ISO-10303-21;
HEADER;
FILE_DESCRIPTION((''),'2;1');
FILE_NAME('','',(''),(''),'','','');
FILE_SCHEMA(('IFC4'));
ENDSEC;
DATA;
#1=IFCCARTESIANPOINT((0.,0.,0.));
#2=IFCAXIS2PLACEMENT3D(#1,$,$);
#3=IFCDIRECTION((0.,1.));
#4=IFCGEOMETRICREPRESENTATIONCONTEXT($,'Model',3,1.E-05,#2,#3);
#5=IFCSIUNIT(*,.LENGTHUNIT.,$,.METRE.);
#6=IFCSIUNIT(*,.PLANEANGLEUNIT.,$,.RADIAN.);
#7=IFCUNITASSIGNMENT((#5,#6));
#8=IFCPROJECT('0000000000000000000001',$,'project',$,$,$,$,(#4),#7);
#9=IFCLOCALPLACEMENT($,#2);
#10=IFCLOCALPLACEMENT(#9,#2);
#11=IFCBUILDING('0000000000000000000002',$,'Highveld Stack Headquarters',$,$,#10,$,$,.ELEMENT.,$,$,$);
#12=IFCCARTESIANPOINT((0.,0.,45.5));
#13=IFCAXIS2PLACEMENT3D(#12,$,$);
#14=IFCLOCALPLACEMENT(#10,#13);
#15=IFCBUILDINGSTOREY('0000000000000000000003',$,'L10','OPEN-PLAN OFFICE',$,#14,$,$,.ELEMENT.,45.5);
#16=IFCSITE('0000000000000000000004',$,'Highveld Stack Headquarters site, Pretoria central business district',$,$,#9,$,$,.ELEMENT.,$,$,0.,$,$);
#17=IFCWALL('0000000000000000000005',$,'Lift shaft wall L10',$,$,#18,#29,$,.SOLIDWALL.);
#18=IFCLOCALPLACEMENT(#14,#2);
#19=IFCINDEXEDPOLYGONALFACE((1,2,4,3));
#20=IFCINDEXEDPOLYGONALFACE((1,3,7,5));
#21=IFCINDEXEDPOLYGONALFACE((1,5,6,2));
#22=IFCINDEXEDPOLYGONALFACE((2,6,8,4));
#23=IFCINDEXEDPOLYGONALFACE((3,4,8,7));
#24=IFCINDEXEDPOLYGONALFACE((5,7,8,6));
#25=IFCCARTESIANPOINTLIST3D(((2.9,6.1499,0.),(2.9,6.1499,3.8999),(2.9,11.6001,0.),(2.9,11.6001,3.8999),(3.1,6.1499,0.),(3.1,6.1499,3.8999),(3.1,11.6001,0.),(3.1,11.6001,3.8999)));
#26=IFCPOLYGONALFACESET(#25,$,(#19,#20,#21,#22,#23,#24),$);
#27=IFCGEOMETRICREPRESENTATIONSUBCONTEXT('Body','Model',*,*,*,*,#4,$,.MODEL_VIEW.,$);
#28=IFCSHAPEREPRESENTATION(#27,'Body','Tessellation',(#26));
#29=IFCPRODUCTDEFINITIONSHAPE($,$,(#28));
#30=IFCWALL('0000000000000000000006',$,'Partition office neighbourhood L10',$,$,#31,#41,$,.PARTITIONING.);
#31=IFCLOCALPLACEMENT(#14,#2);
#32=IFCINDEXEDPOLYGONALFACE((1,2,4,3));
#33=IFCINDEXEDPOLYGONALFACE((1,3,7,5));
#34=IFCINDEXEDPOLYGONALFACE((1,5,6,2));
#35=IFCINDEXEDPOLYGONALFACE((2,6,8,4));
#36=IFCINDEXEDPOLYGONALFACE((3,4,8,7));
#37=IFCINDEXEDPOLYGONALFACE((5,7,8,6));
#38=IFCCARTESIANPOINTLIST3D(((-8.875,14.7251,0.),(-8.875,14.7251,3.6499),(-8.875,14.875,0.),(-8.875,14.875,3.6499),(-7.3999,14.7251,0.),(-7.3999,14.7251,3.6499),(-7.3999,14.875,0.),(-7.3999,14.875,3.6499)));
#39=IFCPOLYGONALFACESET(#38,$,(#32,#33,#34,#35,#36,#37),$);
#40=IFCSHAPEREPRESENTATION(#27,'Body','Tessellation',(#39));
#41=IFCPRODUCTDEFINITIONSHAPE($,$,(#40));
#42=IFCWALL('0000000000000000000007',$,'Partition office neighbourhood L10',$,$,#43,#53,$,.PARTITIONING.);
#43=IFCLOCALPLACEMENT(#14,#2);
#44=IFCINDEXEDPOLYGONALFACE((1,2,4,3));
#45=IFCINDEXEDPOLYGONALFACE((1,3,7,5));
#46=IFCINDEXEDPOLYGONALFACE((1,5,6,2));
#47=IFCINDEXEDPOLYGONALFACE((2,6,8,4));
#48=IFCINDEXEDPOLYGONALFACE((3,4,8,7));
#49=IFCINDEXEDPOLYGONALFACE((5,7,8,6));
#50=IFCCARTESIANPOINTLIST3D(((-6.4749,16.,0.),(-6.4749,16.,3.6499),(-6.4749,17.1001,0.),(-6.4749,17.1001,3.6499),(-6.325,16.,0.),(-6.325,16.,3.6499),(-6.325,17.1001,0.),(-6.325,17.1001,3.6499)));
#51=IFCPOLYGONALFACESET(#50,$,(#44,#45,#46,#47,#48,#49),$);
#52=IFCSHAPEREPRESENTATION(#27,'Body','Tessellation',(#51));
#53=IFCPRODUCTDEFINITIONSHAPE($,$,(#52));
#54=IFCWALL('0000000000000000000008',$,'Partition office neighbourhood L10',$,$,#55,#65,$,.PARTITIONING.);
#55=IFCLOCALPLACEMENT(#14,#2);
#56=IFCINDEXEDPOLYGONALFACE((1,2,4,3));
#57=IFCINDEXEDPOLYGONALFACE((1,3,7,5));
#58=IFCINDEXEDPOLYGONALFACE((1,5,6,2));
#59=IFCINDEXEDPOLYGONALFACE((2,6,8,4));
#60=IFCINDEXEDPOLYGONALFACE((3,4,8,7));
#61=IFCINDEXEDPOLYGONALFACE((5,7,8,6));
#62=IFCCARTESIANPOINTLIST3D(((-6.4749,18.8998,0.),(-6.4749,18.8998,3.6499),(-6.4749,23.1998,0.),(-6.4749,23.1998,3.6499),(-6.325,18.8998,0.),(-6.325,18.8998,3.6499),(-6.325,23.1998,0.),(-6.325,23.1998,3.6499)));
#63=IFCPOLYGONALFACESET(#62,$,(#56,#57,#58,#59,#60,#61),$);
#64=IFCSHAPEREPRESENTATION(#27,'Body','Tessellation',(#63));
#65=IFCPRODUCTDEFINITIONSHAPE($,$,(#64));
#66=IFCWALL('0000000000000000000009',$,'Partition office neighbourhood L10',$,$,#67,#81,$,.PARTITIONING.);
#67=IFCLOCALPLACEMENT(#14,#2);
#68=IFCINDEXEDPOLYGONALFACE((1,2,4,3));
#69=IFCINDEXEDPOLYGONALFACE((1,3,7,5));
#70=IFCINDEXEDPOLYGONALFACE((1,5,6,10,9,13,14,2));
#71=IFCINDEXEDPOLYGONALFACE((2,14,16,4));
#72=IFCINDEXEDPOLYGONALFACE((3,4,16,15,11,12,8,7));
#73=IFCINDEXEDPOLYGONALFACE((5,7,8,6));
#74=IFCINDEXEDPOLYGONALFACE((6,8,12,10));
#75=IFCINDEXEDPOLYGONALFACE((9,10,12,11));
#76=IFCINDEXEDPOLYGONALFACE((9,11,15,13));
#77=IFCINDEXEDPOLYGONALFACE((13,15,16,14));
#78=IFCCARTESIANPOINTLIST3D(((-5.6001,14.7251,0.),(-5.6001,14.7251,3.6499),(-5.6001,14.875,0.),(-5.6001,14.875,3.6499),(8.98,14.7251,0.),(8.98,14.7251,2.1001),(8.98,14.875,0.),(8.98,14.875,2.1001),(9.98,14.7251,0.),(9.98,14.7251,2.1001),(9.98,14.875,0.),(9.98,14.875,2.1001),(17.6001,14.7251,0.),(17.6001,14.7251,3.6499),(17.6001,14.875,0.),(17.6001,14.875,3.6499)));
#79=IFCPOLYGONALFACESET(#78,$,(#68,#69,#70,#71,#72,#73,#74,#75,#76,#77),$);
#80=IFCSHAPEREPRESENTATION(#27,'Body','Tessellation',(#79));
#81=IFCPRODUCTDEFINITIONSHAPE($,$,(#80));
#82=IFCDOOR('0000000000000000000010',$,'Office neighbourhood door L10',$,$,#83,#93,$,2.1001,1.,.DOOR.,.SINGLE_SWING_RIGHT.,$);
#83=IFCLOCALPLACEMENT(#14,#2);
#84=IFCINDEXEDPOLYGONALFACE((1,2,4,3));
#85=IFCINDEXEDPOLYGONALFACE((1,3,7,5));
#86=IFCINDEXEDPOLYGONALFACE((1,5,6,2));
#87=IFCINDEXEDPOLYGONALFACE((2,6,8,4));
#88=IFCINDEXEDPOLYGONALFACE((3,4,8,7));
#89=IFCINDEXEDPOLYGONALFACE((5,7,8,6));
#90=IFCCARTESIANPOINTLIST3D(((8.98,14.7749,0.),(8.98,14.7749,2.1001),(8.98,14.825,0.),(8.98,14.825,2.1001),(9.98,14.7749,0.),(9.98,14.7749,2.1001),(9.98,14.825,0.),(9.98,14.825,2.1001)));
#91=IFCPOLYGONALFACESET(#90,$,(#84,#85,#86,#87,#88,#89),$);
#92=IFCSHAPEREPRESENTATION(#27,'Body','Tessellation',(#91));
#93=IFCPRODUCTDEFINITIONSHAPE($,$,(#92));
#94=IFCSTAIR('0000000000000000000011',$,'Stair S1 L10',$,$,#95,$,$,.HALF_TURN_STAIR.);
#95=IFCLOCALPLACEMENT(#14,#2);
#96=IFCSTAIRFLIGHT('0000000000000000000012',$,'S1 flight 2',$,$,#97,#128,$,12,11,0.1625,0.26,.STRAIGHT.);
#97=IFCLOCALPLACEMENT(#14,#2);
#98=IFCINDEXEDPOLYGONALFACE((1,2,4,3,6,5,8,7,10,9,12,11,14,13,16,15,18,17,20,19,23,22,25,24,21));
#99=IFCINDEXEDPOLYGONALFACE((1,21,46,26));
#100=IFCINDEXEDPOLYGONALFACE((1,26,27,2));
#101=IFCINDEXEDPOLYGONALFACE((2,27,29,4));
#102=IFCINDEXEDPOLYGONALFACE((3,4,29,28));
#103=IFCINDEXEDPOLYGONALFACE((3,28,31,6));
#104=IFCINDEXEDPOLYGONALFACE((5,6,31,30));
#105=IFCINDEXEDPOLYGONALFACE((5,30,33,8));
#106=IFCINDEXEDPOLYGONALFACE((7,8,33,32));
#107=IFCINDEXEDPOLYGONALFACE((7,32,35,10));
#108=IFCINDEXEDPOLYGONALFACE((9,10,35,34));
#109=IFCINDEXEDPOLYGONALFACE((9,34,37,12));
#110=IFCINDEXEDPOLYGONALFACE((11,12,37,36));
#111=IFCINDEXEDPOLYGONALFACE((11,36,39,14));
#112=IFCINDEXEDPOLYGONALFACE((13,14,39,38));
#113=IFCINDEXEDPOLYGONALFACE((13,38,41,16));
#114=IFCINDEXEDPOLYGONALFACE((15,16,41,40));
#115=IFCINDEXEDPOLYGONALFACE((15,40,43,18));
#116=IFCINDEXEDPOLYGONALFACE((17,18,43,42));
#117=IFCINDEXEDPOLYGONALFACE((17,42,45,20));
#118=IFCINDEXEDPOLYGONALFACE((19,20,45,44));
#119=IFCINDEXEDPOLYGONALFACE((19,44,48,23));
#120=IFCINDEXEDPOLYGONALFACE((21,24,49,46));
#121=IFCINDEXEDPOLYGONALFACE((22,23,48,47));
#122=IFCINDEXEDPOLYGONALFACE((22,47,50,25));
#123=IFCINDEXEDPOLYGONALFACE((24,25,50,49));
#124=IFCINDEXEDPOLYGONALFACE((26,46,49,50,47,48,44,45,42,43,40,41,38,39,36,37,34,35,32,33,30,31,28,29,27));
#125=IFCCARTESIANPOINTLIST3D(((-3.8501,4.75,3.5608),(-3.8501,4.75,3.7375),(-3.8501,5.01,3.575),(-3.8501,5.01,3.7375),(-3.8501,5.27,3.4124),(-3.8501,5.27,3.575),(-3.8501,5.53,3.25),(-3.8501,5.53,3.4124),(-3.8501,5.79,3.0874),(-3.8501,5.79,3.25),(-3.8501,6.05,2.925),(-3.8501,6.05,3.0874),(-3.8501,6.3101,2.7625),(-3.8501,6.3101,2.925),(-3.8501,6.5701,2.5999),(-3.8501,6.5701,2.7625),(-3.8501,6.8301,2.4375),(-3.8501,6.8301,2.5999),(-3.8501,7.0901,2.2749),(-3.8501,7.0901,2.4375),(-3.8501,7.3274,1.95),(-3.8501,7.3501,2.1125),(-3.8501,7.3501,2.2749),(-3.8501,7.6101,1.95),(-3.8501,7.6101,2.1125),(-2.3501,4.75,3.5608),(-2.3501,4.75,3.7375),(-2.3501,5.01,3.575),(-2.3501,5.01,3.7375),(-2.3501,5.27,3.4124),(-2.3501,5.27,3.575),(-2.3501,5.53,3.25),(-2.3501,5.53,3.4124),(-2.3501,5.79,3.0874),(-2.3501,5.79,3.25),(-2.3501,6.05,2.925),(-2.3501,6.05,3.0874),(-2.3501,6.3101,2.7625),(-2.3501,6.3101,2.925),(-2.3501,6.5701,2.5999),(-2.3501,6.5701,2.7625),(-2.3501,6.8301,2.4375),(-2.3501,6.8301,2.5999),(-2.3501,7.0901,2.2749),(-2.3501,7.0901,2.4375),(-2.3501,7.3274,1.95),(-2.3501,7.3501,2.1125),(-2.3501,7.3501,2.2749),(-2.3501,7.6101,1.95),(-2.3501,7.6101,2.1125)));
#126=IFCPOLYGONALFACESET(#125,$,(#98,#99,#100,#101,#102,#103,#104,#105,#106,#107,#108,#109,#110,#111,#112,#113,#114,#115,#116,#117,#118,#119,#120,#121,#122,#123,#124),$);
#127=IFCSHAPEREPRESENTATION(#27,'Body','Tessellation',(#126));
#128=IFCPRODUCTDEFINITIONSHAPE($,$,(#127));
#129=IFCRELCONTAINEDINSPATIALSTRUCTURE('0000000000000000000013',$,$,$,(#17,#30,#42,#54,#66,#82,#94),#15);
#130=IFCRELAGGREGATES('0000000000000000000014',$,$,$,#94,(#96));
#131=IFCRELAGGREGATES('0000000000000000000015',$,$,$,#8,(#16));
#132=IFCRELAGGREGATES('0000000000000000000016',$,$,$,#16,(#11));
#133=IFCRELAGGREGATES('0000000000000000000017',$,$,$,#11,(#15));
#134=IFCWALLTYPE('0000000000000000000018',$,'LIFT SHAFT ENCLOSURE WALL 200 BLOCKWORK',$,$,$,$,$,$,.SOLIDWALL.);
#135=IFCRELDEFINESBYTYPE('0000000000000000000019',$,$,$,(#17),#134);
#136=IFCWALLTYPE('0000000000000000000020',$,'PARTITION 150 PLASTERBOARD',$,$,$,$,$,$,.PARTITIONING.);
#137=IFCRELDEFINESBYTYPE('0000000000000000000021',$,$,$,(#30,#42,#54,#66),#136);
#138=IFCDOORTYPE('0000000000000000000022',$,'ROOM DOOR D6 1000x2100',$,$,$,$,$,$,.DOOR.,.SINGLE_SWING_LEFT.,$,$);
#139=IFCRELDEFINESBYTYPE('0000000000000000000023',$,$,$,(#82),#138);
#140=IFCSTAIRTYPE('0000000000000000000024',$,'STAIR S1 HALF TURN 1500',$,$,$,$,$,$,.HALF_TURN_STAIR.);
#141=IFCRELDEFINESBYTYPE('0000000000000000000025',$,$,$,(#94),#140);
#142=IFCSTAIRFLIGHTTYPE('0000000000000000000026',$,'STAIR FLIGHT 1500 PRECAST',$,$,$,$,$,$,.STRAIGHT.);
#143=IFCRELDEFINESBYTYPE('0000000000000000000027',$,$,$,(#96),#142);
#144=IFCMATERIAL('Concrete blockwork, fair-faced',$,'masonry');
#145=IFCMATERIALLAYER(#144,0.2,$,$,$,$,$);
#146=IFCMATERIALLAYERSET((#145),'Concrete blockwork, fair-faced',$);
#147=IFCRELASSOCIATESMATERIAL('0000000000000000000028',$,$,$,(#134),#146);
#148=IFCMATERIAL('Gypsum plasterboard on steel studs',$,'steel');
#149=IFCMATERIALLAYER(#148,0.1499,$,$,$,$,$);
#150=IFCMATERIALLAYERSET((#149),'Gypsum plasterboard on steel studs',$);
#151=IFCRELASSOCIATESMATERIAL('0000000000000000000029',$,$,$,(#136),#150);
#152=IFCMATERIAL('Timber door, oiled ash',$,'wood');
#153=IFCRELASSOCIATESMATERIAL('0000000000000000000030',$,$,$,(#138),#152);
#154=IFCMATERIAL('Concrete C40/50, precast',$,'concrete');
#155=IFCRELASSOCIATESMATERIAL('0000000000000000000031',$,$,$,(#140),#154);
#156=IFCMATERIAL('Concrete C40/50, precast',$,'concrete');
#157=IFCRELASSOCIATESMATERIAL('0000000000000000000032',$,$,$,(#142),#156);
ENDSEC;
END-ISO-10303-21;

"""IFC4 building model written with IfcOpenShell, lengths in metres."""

from ifc_helpers import new_model, si_unit, direction, frame, frame_2d, origin, place, context, subcontext, project, spatial, polyline, rectangle, outline, extrude, material, layer, layer_set, type_object, element, fill, aggregate, save


model = new_model("IFC4")

# Units and contexts
model_context = context("Model", 3, precision=1e-05, world=origin(), true_north=direction((0.0, 1.0)))
body_context = subcontext(model_context, "Body", "Model", "MODEL_VIEW")
ifc_project = project(units=[si_unit("LENGTHUNIT", "METRE"), si_unit("PLANEANGLEUNIT", "RADIAN")], contexts=[model_context])

# Site, building, storey
site_placement = place(None, origin())
site = spatial("IfcSite", under=ifc_project, at=site_placement, Name="Highveld Stack Headquarters site, Pretoria central business district", CompositionType="ELEMENT", RefElevation=0.0)
building_placement = place(site_placement, origin())
building = spatial("IfcBuilding", under=site, at=building_placement, Name="Highveld Stack Headquarters", CompositionType="ELEMENT")
storey_placement = place(building_placement, frame((0.0, 0.0, 45.5)))
storey = spatial("IfcBuildingStorey", under=building, at=storey_placement, Name="L10", Description="OPEN-PLAN OFFICE", CompositionType="ELEMENT", Elevation=45.5)

# Walls
ifc_material_1 = material(Name="Concrete blockwork, fair-faced", Category="masonry")
ifc_layer_1 = layer(ifc_material_1, 0.2)
ifc_layer_set_1 = layer_set([ifc_layer_1], Name="Concrete blockwork, fair-faced")
wall_type_1 = type_object("IfcWallType", Name="LIFT SHAFT ENCLOSURE WALL 200 BLOCKWORK", PredefinedType="SOLIDWALL", material=ifc_layer_set_1)
wall_1_placement = place(storey_placement, frame((3.0, 6.1499, 0.0), z_axis=(0.0, 0.0, 1.0), x_axis=(0.0, 1.0, 0.0)))
element("IfcWall", 1, at=wall_1_placement, inside=storey, type_object=wall_type_1, Name="Lift shaft wall L10", PredefinedType="SOLIDWALL", context=body_context, shape_type="SweptSolid", body=[
    extrude(rectangle(XDim=5.4502, YDim=0.2, at=frame_2d((2.7251, 0.0))), origin(), (0.0, 0.0, 1.0), 3.8999),
])
ifc_material_2 = material(Name="Gypsum plasterboard on steel studs", Category="steel")
ifc_layer_2 = layer(ifc_material_2, 0.1499)
ifc_layer_set_2 = layer_set([ifc_layer_2], Name="Gypsum plasterboard on steel studs")
wall_type_2 = type_object("IfcWallType", Name="PARTITION 150 PLASTERBOARD", PredefinedType="PARTITIONING", material=ifc_layer_set_2)
wall_2_placement = place(storey_placement, frame((-8.875, 14.8, 0.0), z_axis=(0.0, 0.0, 1.0), x_axis=(1.0, 0.0, 0.0)))
element("IfcWall", 2, at=wall_2_placement, inside=storey, type_object=wall_type_2, Name="Partition office neighbourhood L10", PredefinedType="PARTITIONING", context=body_context, shape_type="SweptSolid", body=[
    extrude(rectangle(XDim=1.4751, YDim=0.1499, at=frame_2d((0.7375, 0.0))), origin(), (0.0, 0.0, 1.0), 3.6499),
])
wall_3_placement = place(storey_placement, frame((-6.3999, 16.0, 0.0), z_axis=(0.0, 0.0, 1.0), x_axis=(0.0, 1.0, 0.0)))
element("IfcWall", 3, at=wall_3_placement, inside=storey, type_object=wall_type_2, Name="Partition office neighbourhood L10", PredefinedType="PARTITIONING", context=body_context, shape_type="SweptSolid", body=[
    extrude(rectangle(XDim=1.1001, YDim=0.1499, at=frame_2d((0.55, 0.0))), origin(), (0.0, 0.0, 1.0), 3.6499),
])
wall_4_placement = place(storey_placement, frame((-6.3999, 18.8999, 0.0), z_axis=(0.0, 0.0, 1.0), x_axis=(0.0, 1.0, 0.0)))
element("IfcWall", 4, at=wall_4_placement, inside=storey, type_object=wall_type_2, Name="Partition office neighbourhood L10", PredefinedType="PARTITIONING", context=body_context, shape_type="SweptSolid", body=[
    extrude(rectangle(XDim=4.3, YDim=0.1499, at=frame_2d((2.1499, 0.0))), origin(), (0.0, 0.0, 1.0), 3.6499),
])

# Wall, opening, door
wall_5_placement = place(storey_placement, frame((-5.6001, 14.8, 0.0), z_axis=(0.0, 0.0, 1.0), x_axis=(1.0, 0.0, 0.0)))
wall_5 = element("IfcWall", 5, at=wall_5_placement, inside=storey, type_object=wall_type_2, Name="Partition office neighbourhood L10", PredefinedType="PARTITIONING", context=body_context, shape_type="SweptSolid", body=[
    extrude(rectangle(XDim=23.2002, YDim=0.1499, at=frame_2d((11.6001, 0.0))), origin(), (0.0, 0.0, 1.0), 3.6499),
])
opening_1_placement = place(wall_5_placement, frame((14.5801, 0.0, 0.0)))
opening_1 = element("IfcOpeningElement", 6, at=opening_1_placement, cuts=wall_5, PredefinedType="OPENING", context=body_context, shape_type="SweptSolid", body=[
    extrude(rectangle(XDim=1.0, YDim=2.1001, at=frame_2d((0.5, 1.05))), frame((0.0, 0.085, 0.0), z_axis=(0.0, -1.0, 0.0), x_axis=(1.0, 0.0, 0.0)), (0.0, 0.0, 1.0), 0.1699),
])
ifc_material_3 = material(Name="Timber door, oiled ash", Category="wood")
door_type_1 = type_object("IfcDoorType", Name="ROOM DOOR D6 1000x2100", OperationType="SINGLE_SWING_LEFT", PredefinedType="DOOR", material=ifc_material_3)
door_1_placement = place(opening_1_placement, origin())
door_1 = element("IfcDoor", 7, at=door_1_placement, inside=storey, type_object=door_type_1, Name="Office neighbourhood door L10", OperationType="SINGLE_SWING_RIGHT", OverallHeight=2.1001, OverallWidth=1.0, PredefinedType="DOOR", context=body_context, shape_type="SweptSolid", body=[
    extrude(rectangle(XDim=1.0, YDim=2.1001, at=frame_2d((0.5, 1.05))), frame((0.0, 0.0249, 0.0), z_axis=(0.0, -1.0, 0.0), x_axis=(1.0, 0.0, 0.0)), (0.0, 0.0, 1.0), 0.05),
])
fill(opening_1, door_1)

# Stair, stair flight
ifc_material_4 = material(Name="Concrete C40/50, precast", Category="concrete")
stair_type = type_object("IfcStairType", Name="STAIR S1 HALF TURN 1500", PredefinedType="HALF_TURN_STAIR", material=ifc_material_4)
stair_placement = place(storey_placement, origin())
stair = element("IfcStair", 8, at=stair_placement, inside=storey, type_object=stair_type, Name="Stair S1 L10", PredefinedType="HALF_TURN_STAIR")
ifc_material_5 = material(Name="Concrete C40/50, precast", Category="concrete")
stair_flight_type = type_object("IfcStairFlightType", Name="STAIR FLIGHT 1500 PRECAST", PredefinedType="STRAIGHT", material=ifc_material_5)
stair_flight_placement = place(storey_placement, frame((-3.1001, 7.6101, 1.95), z_axis=(0.0, 0.0, 1.0), x_axis=(0.0, -1.0, 0.0)))
stair_flight = element("IfcStairFlight", 9, at=stair_flight_placement, type_object=stair_flight_type, Name="S1 flight 2", NumberOfRisers=12, NumberOfTreads=11, PredefinedType="STRAIGHT", RiserHeight=0.1625, TreadLength=0.26, context=body_context, shape_type="SweptSolid", body=[
    extrude(outline(polyline([(0.0, 0.0), (0.0, 0.1626), (0.26, 0.1626), (0.26, 0.325), (0.52, 0.325), (0.52, 0.4875), (0.78, 0.4875), (0.78, 0.6499), (1.04, 0.6499), (1.04, 0.8125), (1.3, 0.8125), (1.3, 0.9751), (1.5601, 0.9751), (1.5601, 1.1375), (1.8201, 1.1375), (1.8201, 1.3), (2.0801, 1.3), (2.0801, 1.4624), (2.3401, 1.4624), (2.3401, 1.625), (2.6001, 1.625), (2.6001, 1.7876), (2.8601, 1.7876), (2.8601, 1.95), (2.8601, 1.6108), (0.2827, 0.0), (0.0, 0.0)])), frame((0.0, 0.75, 0.0), z_axis=(0.0, -1.0, 0.0), x_axis=(1.0, 0.0, 0.0)), (0.0, 0.0, 1.0), 1.5),
])
aggregate(stair, [stair_flight])

save(model, "model.ifc")
